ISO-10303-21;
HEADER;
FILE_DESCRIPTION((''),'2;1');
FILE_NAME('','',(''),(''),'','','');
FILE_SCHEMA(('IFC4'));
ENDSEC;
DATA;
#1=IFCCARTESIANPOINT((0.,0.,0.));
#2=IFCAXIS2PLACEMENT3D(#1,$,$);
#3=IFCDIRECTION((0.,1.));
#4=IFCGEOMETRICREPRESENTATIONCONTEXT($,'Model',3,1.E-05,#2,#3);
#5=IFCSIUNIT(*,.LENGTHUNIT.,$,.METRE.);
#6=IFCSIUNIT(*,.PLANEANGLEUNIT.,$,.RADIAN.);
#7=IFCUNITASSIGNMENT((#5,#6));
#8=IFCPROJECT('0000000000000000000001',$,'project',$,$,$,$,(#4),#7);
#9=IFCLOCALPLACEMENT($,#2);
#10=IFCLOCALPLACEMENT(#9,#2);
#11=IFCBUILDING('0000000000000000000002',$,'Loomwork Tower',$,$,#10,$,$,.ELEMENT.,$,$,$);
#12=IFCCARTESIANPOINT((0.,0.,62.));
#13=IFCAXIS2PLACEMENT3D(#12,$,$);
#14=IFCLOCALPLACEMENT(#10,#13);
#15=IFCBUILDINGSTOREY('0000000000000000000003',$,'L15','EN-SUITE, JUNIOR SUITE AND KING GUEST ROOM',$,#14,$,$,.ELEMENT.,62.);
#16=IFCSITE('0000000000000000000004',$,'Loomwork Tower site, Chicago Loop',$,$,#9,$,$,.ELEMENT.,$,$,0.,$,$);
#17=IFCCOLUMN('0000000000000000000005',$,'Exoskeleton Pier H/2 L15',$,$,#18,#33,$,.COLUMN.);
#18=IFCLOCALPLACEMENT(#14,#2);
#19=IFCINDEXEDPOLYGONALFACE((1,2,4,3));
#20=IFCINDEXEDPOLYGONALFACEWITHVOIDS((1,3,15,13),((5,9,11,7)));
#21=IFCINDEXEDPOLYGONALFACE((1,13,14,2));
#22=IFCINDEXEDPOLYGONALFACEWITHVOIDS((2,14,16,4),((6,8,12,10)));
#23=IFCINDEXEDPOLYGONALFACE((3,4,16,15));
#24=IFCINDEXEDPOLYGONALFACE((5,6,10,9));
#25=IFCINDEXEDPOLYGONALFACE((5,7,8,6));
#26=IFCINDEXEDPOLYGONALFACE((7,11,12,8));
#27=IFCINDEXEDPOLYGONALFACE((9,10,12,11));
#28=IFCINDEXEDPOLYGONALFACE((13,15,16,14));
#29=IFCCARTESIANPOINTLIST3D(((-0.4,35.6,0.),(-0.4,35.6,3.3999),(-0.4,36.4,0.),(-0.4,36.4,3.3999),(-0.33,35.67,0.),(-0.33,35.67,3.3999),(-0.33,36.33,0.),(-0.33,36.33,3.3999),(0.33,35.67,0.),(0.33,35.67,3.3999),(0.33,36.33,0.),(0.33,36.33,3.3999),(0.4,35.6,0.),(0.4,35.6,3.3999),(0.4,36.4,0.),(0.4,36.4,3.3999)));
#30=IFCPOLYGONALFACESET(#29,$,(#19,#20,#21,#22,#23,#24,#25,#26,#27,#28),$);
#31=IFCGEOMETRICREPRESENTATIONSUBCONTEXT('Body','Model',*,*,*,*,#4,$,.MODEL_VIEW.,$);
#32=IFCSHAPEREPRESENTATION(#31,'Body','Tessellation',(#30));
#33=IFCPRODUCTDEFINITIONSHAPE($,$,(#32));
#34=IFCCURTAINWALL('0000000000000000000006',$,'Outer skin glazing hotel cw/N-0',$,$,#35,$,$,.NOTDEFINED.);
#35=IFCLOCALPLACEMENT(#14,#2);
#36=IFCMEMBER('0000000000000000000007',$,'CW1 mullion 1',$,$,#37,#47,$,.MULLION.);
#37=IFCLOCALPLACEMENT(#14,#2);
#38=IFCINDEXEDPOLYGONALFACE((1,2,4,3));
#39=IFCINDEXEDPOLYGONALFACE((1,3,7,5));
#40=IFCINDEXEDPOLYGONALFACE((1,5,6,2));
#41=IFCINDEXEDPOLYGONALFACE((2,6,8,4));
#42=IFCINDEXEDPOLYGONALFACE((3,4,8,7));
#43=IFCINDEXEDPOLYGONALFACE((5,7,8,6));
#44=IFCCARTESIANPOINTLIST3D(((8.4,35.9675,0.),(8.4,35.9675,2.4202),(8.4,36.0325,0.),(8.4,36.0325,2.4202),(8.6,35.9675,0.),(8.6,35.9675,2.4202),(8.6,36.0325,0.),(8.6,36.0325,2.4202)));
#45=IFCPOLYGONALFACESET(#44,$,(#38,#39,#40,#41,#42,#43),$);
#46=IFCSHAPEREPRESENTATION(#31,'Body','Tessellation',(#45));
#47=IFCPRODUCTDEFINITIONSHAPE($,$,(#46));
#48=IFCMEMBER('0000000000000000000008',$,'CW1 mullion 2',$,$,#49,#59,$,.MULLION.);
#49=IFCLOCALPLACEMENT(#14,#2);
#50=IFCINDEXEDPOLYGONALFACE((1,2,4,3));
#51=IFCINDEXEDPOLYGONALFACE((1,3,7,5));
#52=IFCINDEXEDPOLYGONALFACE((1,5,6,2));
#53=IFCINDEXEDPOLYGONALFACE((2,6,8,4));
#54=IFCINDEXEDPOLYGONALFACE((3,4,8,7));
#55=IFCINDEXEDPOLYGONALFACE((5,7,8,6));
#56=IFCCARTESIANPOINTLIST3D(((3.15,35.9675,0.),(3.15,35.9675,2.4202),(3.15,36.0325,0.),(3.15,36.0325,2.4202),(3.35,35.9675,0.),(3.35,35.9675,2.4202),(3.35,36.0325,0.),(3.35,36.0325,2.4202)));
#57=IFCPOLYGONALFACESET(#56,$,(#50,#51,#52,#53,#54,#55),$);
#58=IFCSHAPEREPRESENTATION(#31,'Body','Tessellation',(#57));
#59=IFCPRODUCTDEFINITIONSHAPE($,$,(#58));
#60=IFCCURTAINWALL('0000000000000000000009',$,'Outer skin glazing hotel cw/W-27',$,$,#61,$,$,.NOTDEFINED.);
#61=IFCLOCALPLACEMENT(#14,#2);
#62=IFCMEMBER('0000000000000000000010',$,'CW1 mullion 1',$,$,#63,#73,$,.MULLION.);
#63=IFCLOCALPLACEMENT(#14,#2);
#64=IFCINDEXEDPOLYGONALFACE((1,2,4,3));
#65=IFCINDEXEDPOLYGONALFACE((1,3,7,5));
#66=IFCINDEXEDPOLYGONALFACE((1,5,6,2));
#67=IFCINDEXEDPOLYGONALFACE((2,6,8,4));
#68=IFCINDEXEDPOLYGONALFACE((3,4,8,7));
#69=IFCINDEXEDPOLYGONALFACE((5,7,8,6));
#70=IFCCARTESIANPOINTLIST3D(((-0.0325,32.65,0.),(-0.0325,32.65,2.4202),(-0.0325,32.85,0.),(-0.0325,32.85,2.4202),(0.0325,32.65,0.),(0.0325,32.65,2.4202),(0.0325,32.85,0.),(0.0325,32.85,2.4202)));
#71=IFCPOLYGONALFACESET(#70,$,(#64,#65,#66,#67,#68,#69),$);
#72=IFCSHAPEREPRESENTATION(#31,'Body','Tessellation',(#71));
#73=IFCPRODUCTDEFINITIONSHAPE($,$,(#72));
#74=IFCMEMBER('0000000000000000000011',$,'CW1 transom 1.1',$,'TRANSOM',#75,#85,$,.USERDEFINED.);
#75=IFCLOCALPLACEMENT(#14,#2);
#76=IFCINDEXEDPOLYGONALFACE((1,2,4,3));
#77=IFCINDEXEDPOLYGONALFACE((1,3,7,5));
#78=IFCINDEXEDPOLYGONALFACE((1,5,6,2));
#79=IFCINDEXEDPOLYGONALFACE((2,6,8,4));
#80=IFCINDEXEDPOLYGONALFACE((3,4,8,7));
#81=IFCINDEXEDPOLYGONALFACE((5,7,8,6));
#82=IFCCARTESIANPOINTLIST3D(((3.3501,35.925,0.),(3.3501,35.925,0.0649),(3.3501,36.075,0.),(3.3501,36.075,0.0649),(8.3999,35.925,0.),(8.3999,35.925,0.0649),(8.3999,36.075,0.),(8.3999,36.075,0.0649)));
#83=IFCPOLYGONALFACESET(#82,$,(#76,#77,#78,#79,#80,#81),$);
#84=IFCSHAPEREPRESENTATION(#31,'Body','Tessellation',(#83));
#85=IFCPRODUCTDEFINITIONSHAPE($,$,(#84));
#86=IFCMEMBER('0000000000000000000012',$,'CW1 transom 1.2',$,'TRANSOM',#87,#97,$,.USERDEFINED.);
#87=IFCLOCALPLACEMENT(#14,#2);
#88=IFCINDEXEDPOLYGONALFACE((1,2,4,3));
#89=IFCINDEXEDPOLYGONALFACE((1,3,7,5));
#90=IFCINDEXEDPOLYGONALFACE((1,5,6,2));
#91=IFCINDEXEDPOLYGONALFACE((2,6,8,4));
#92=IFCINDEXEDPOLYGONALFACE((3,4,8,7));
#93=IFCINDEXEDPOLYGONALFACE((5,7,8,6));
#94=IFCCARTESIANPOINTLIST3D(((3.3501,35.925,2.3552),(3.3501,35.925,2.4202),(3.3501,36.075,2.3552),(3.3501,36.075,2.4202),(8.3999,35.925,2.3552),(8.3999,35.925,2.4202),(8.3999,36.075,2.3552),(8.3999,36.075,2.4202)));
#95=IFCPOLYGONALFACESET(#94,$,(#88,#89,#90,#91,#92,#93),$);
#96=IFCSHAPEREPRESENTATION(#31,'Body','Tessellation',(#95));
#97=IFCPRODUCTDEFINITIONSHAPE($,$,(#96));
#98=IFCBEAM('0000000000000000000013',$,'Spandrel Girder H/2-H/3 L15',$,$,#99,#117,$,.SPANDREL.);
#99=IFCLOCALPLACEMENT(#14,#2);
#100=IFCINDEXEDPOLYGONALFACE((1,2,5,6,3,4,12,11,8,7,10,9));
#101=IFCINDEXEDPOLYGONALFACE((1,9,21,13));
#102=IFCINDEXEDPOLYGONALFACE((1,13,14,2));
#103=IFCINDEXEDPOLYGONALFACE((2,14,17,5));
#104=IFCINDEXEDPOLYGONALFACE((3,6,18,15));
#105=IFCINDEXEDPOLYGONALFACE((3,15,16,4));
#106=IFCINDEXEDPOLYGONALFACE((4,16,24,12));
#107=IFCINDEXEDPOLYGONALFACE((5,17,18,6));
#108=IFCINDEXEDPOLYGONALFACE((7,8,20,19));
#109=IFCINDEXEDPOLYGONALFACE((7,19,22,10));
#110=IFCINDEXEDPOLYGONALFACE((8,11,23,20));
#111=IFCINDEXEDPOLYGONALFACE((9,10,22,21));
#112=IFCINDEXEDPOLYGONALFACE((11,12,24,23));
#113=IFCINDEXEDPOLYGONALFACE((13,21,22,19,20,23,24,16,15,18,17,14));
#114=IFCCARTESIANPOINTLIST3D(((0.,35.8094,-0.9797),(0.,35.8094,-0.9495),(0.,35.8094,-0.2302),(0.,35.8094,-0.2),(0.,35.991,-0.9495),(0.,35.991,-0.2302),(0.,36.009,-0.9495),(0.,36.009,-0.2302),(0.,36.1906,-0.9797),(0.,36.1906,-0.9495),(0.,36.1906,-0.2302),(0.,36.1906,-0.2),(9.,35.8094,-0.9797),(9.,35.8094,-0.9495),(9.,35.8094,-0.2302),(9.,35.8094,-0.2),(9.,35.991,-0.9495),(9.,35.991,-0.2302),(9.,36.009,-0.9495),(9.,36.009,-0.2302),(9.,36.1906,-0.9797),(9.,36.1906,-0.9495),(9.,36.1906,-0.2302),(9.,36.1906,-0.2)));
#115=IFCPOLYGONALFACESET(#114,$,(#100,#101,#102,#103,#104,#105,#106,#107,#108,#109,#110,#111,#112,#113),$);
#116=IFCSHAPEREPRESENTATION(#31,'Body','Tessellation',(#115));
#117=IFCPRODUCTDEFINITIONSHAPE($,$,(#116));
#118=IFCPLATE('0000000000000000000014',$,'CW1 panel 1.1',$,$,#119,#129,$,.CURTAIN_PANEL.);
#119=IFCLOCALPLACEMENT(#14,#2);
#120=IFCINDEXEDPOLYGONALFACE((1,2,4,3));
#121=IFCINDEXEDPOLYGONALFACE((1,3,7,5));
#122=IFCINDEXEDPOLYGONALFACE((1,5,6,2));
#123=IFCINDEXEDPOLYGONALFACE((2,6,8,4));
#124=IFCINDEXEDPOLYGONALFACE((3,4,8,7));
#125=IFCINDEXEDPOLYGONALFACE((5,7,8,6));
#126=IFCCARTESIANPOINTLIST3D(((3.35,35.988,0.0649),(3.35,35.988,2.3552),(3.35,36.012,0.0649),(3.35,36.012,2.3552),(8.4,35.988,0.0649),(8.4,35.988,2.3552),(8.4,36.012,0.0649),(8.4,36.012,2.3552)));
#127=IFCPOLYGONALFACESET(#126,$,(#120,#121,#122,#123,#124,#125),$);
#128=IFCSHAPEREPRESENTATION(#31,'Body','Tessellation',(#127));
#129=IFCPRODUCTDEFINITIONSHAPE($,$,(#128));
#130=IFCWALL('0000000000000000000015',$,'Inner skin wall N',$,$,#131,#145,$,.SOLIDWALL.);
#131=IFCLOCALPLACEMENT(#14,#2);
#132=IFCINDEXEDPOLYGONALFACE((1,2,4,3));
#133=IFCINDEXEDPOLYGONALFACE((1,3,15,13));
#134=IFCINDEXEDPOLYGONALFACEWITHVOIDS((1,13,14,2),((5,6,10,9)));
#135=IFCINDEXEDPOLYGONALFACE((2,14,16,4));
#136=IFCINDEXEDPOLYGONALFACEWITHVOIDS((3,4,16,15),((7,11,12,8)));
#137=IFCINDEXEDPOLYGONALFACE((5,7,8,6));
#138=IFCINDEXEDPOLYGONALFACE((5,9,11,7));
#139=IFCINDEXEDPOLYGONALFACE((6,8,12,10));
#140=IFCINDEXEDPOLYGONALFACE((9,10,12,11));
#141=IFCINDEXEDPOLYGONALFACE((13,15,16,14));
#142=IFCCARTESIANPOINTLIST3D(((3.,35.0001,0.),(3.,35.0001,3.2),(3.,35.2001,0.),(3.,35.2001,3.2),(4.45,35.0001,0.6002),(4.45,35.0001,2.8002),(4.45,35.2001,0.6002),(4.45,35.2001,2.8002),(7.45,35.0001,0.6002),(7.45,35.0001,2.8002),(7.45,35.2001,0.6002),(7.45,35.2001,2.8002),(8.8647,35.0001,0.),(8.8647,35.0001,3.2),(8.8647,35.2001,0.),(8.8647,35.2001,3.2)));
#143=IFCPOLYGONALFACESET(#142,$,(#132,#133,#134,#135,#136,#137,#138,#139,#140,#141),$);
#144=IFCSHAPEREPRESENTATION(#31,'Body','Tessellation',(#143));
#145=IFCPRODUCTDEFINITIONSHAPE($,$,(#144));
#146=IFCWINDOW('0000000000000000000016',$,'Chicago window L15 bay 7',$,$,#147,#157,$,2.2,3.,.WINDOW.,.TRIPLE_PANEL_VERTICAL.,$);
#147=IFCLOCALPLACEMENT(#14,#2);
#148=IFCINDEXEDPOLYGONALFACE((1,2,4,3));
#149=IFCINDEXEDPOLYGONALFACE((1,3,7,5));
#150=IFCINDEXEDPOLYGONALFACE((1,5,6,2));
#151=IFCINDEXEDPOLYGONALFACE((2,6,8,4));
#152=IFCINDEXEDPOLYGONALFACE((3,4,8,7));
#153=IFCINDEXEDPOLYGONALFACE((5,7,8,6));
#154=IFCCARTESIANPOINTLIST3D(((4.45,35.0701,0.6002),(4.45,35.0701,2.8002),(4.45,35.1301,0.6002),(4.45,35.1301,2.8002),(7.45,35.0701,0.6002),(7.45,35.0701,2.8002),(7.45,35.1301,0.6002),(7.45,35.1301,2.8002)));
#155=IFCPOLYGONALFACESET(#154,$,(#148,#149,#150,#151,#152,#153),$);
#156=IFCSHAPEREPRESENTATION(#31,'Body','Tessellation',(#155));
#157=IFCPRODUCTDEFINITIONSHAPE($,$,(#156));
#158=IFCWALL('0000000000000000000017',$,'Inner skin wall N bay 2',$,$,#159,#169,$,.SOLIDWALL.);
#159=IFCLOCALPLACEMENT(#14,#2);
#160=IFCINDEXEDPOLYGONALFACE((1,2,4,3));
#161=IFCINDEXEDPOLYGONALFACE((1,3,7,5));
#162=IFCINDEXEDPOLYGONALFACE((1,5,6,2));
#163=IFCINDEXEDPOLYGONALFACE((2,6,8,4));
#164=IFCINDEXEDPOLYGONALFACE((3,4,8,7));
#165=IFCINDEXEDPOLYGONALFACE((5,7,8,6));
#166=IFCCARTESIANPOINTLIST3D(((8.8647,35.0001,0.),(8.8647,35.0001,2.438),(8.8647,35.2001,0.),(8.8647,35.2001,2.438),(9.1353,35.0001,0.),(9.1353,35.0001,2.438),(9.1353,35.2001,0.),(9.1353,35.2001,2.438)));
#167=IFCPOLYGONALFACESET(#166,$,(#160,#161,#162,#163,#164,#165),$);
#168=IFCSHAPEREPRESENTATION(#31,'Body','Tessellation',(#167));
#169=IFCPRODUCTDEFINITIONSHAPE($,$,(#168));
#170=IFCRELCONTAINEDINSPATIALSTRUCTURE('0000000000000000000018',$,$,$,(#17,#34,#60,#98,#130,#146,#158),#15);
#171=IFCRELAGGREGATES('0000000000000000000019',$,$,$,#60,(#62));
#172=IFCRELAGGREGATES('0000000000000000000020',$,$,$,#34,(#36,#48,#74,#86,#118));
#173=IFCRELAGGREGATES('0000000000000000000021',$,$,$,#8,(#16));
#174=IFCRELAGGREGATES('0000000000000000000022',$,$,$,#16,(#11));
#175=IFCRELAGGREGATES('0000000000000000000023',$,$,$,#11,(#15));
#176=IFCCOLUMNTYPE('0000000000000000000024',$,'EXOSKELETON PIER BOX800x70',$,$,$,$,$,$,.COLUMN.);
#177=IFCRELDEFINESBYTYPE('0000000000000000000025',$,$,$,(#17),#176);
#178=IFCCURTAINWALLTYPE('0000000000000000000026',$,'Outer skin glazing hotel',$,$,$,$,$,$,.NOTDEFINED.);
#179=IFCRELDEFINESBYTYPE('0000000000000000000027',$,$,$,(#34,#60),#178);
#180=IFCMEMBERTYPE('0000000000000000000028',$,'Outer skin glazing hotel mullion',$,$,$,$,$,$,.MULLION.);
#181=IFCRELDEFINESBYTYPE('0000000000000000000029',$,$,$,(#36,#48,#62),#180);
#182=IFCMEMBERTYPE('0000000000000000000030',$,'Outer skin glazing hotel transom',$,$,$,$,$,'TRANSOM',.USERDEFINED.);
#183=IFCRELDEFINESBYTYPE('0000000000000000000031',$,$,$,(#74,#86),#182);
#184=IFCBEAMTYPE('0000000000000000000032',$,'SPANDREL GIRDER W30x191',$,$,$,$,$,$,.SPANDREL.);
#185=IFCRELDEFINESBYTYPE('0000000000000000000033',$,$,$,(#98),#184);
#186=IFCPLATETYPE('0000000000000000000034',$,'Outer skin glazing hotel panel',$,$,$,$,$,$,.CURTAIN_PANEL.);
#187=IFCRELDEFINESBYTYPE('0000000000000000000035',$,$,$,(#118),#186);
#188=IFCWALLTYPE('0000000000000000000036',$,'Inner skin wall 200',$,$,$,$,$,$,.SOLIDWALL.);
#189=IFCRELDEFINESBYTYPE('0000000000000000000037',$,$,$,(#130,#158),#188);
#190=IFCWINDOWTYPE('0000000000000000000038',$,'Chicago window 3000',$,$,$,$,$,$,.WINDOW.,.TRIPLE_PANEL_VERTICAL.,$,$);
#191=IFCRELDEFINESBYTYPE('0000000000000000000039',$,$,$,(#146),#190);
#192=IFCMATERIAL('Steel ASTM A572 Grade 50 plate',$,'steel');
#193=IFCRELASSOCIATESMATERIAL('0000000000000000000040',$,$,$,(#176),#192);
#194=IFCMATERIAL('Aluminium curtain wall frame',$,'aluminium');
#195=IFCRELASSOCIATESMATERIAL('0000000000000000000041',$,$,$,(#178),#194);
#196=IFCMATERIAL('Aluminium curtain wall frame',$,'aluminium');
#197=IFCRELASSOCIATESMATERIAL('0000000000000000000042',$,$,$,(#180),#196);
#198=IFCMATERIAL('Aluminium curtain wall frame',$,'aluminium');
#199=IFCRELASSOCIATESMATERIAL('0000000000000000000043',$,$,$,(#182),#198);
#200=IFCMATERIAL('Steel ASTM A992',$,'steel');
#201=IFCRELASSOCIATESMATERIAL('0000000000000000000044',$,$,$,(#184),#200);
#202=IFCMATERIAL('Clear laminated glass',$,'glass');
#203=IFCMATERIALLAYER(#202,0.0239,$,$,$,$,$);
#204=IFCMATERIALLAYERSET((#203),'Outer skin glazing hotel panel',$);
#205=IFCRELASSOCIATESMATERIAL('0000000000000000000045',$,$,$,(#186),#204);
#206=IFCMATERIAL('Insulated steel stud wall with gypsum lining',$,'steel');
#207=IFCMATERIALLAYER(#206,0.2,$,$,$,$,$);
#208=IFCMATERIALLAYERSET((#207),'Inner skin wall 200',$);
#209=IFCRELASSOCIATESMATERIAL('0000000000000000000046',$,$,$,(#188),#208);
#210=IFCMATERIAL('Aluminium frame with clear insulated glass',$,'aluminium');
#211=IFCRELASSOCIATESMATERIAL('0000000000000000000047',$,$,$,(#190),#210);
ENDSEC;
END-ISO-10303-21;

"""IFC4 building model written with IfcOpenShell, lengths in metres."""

from ifc_helpers import new_model, si_unit, direction, frame, frame_2d, origin, origin_2d, place, context, subcontext, project, spatial, rectangle, hollow_rectangle, i_section, extrude, material, layer, layer_set, material_profile, profile_set, type_object, element, fill, aggregate, save


model = new_model("IFC4")

# Units and contexts
model_context = context("Model", 3, precision=1e-05, world=origin(), true_north=direction((0.0, 1.0)))
body_context = subcontext(model_context, "Body", "Model", "MODEL_VIEW")
ifc_project = project(units=[si_unit("LENGTHUNIT", "METRE"), si_unit("PLANEANGLEUNIT", "RADIAN")], contexts=[model_context])

# Site, building, storey
site_placement = place(None, origin())
site = spatial("IfcSite", under=ifc_project, at=site_placement, Name="Loomwork Tower site, Chicago Loop", CompositionType="ELEMENT", RefElevation=0.0)
building_placement = place(site_placement, origin())
building = spatial("IfcBuilding", under=site, at=building_placement, Name="Loomwork Tower", CompositionType="ELEMENT")
storey_placement = place(building_placement, frame((0.0, 0.0, 62.0)))
storey = spatial("IfcBuildingStorey", under=building, at=storey_placement, Name="L15", Description="EN-SUITE, JUNIOR SUITE AND KING GUEST ROOM", CompositionType="ELEMENT", Elevation=62.0)

# Column
ifc_material_1 = material(Name="Steel ASTM A572 Grade 50 plate", Category="steel")
ifc_material_profile_1 = material_profile(ifc_material_1, hollow_rectangle(XDim=0.8, YDim=0.8, WallThickness=0.0701, at=origin_2d()), Name="BOX800x70")
ifc_profile_set_1 = profile_set([ifc_material_profile_1], Name="Steel ASTM A572 Grade 50 plate")
column_type = type_object("IfcColumnType", Name="EXOSKELETON PIER BOX800x70", PredefinedType="COLUMN", material=ifc_profile_set_1)
column_placement = place(storey_placement, frame((0.0, 36.0, 0.0), z_axis=(0.0, 0.0, 1.0), x_axis=(1.0, 0.0, 0.0)))
element("IfcColumn", 1, at=column_placement, inside=storey, type_object=column_type, Name="Exoskeleton Pier H/2 L15", PredefinedType="COLUMN", context=body_context, shape_type="SweptSolid", body=[
    extrude(hollow_rectangle(XDim=0.8, YDim=0.8, WallThickness=0.0701, at=origin_2d()), origin(), (0.0, 0.0, 1.0), 3.3999),
])

# Curtain wall, members
ifc_material_2 = material(Name="Aluminium curtain wall frame", Category="aluminium")
curtain_wall_type = type_object("IfcCurtainWallType", Name="Outer skin glazing hotel", PredefinedType="NOTDEFINED", material=ifc_material_2)
curtain_wall_1_placement = place(storey_placement, origin())
curtain_wall_1 = element("IfcCurtainWall", 2, at=curtain_wall_1_placement, inside=storey, type_object=curtain_wall_type, Name="Outer skin glazing hotel cw/N-0", PredefinedType="NOTDEFINED")
ifc_material_3 = material(Name="Aluminium curtain wall frame", Category="aluminium")
ifc_material_profile_2 = material_profile(ifc_material_3, rectangle(XDim=0.0649, YDim=0.2, at=origin_2d()), Name="AL 65x200")
ifc_profile_set_2 = profile_set([ifc_material_profile_2], Name="Aluminium curtain wall frame")
member_type_1 = type_object("IfcMemberType", Name="Outer skin glazing hotel mullion", PredefinedType="MULLION", material=ifc_profile_set_2)
member_1_placement = place(storey_placement, frame((8.5, 36.0, 0.0), z_axis=(0.0, 0.0, 1.0), x_axis=(0.0, -1.0, 0.0)))
member_1 = element("IfcMember", 3, at=member_1_placement, type_object=member_type_1, Name="CW1 mullion 1", PredefinedType="MULLION", context=body_context, shape_type="SweptSolid", body=[
    extrude(rectangle(XDim=0.0649, YDim=0.2, at=origin_2d()), origin(), (0.0, 0.0, 1.0), 2.4202),
])
member_2_placement = place(storey_placement, frame((3.25, 36.0, 0.0), z_axis=(0.0, 0.0, 1.0), x_axis=(0.0, -1.0, 0.0)))
member_2 = element("IfcMember", 4, at=member_2_placement, type_object=member_type_1, Name="CW1 mullion 2", PredefinedType="MULLION", context=body_context, shape_type="SweptSolid", body=[
    extrude(rectangle(XDim=0.0649, YDim=0.2, at=origin_2d()), origin(), (0.0, 0.0, 1.0), 2.4202),
])

# Curtain wall, member
curtain_wall_2_placement = place(storey_placement, origin())
curtain_wall_2 = element("IfcCurtainWall", 5, at=curtain_wall_2_placement, inside=storey, type_object=curtain_wall_type, Name="Outer skin glazing hotel cw/W-27", PredefinedType="NOTDEFINED")
member_3_placement = place(storey_placement, frame((0.0, 32.75, 0.0), z_axis=(0.0, 0.0, 1.0), x_axis=(1.0, 0.0, 0.0)))
member_3 = element("IfcMember", 6, at=member_3_placement, type_object=member_type_1, Name="CW1 mullion 1", PredefinedType="MULLION", context=body_context, shape_type="SweptSolid", body=[
    extrude(rectangle(XDim=0.0649, YDim=0.2, at=origin_2d()), origin(), (0.0, 0.0, 1.0), 2.4202),
])
aggregate(curtain_wall_2, [member_3])

# Members
ifc_material_4 = material(Name="Aluminium curtain wall frame", Category="aluminium")
ifc_material_profile_3 = material_profile(ifc_material_4, rectangle(XDim=0.1499, YDim=0.0649, at=origin_2d()), Name="AL 65x150")
ifc_profile_set_3 = profile_set([ifc_material_profile_3], Name="Aluminium curtain wall frame")
member_type_2 = type_object("IfcMemberType", Name="Outer skin glazing hotel transom", ElementType="TRANSOM", PredefinedType="USERDEFINED", material=ifc_profile_set_3)
member_4_placement = place(storey_placement, frame((8.3999, 36.0, 0.0325), z_axis=(-1.0, 0.0, 0.0), x_axis=(0.0, -1.0, 0.0)))
member_4 = element("IfcMember", 7, at=member_4_placement, type_object=member_type_2, Name="CW1 transom 1.1", ObjectType="TRANSOM", PredefinedType="USERDEFINED", context=body_context, shape_type="SweptSolid", body=[
    extrude(rectangle(XDim=0.1499, YDim=0.0649, at=origin_2d()), origin(), (0.0, 0.0, 1.0), 5.0498),
])
member_5_placement = place(storey_placement, frame((8.3999, 36.0, 2.3877), z_axis=(-1.0, 0.0, 0.0), x_axis=(0.0, -1.0, 0.0)))
member_5 = element("IfcMember", 8, at=member_5_placement, type_object=member_type_2, Name="CW1 transom 1.2", ObjectType="TRANSOM", PredefinedType="USERDEFINED", context=body_context, shape_type="SweptSolid", body=[
    extrude(rectangle(XDim=0.1499, YDim=0.0649, at=origin_2d()), origin(), (0.0, 0.0, 1.0), 5.0498),
])

# Beam
ifc_material_5 = material(Name="Steel ASTM A992", Category="steel")
ifc_material_profile_4 = material_profile(ifc_material_5, i_section(OverallWidth=0.3811, OverallDepth=0.7798, WebThickness=0.0181, FlangeThickness=0.0303, at=origin_2d()), Name="W30x191")
ifc_profile_set_4 = profile_set([ifc_material_profile_4], Name="Steel ASTM A992")
beam_type = type_object("IfcBeamType", Name="SPANDREL GIRDER W30x191", PredefinedType="SPANDREL", material=ifc_profile_set_4)
beam_placement = place(storey_placement, frame((0.0, 36.0, -0.5898), z_axis=(1.0, 0.0, 0.0), x_axis=(0.0, 1.0, 0.0)))
element("IfcBeam", 9, at=beam_placement, inside=storey, type_object=beam_type, Name="Spandrel Girder H/2-H/3 L15", PredefinedType="SPANDREL", context=body_context, shape_type="SweptSolid", body=[
    extrude(i_section(OverallWidth=0.3811, OverallDepth=0.7798, WebThickness=0.0181, FlangeThickness=0.0303, at=origin_2d()), origin(), (0.0, 0.0, 1.0), 9.0),
])

# Plate
ifc_material_6 = material(Name="Clear laminated glass", Category="glass")
ifc_layer_1 = layer(ifc_material_6, 0.0239)
ifc_layer_set_1 = layer_set([ifc_layer_1], Name="Outer skin glazing hotel panel")
plate_type = type_object("IfcPlateType", Name="Outer skin glazing hotel panel", PredefinedType="CURTAIN_PANEL", material=ifc_layer_set_1)
plate_placement = place(storey_placement, frame((5.875, 36.0, 0.0649), z_axis=(0.0, 0.0, 1.0), x_axis=(-1.0, 0.0, 0.0)))
plate = element("IfcPlate", 10, at=plate_placement, type_object=plate_type, Name="CW1 panel 1.1", PredefinedType="CURTAIN_PANEL", context=body_context, shape_type="SweptSolid", body=[
    extrude(rectangle(XDim=5.05, YDim=0.0239, at=origin_2d()), origin(), (0.0, 0.0, 1.0), 2.2903),
])
aggregate(curtain_wall_1, [member_1, member_2, member_4, member_5, plate])

# Wall, opening, window
ifc_material_7 = material(Name="Insulated steel stud wall with gypsum lining", Category="steel")
ifc_layer_2 = layer(ifc_material_7, 0.2)
ifc_layer_set_2 = layer_set([ifc_layer_2], Name="Inner skin wall 200")
wall_type_1 = type_object("IfcWallType", Name="Inner skin wall 200", PredefinedType="SOLIDWALL", material=ifc_layer_set_2)
wall_1_placement = place(storey_placement, frame((3.0, 35.1001, 0.0), z_axis=(0.0, 0.0, 1.0), x_axis=(1.0, 0.0, 0.0)))
wall_1 = element("IfcWall", 11, at=wall_1_placement, inside=storey, type_object=wall_type_1, Name="Inner skin wall N", PredefinedType="SOLIDWALL", context=body_context, shape_type="SweptSolid", body=[
    extrude(rectangle(XDim=5.8647, YDim=0.2, at=frame_2d((2.9324, 0.0))), origin(), (0.0, 0.0, 1.0), 3.2),
])
opening_1_placement = place(wall_1_placement, frame((1.45, 0.0, 0.6001)))
opening_1 = element("IfcOpeningElement", 12, at=opening_1_placement, cuts=wall_1, PredefinedType="OPENING", context=body_context, shape_type="SweptSolid", body=[
    extrude(rectangle(XDim=3.0, YDim=2.2, at=frame_2d((1.5, 1.1001))), frame((0.0, 0.1099, 0.0), z_axis=(0.0, -1.0, 0.0), x_axis=(1.0, 0.0, 0.0)), (0.0, 0.0, 1.0), 0.22),
])
ifc_material_8 = material(Name="Aluminium frame with clear insulated glass", Category="aluminium")
window_type_1 = type_object("IfcWindowType", Name="Chicago window 3000", PartitioningType="TRIPLE_PANEL_VERTICAL", PredefinedType="WINDOW", material=ifc_material_8)
window_1_placement = place(opening_1_placement, origin())
window_1 = element("IfcWindow", 13, at=window_1_placement, inside=storey, type_object=window_type_1, Name="Chicago window L15 bay 7", OverallHeight=2.2, OverallWidth=3.0, PartitioningType="TRIPLE_PANEL_VERTICAL", PredefinedType="WINDOW", context=body_context, shape_type="SweptSolid", body=[
    extrude(rectangle(XDim=3.0, YDim=2.2, at=frame_2d((1.5, 1.1001))), frame((0.0, 0.03, 0.0), z_axis=(0.0, -1.0, 0.0), x_axis=(1.0, 0.0, 0.0)), (0.0, 0.0, 1.0), 0.0601),
])
fill(opening_1, window_1)

# Wall
wall_2_placement = place(storey_placement, frame((8.8647, 35.1001, 0.0), z_axis=(0.0, 0.0, 1.0), x_axis=(1.0, 0.0, 0.0)))
element("IfcWall", 14, at=wall_2_placement, inside=storey, type_object=wall_type_1, Name="Inner skin wall N bay 2", PredefinedType="SOLIDWALL", context=body_context, shape_type="SweptSolid", body=[
    extrude(rectangle(XDim=0.2705, YDim=0.2, at=frame_2d((0.1353, 0.0))), origin(), (0.0, 0.0, 1.0), 2.438),
])

save(model, "model.ifc")
